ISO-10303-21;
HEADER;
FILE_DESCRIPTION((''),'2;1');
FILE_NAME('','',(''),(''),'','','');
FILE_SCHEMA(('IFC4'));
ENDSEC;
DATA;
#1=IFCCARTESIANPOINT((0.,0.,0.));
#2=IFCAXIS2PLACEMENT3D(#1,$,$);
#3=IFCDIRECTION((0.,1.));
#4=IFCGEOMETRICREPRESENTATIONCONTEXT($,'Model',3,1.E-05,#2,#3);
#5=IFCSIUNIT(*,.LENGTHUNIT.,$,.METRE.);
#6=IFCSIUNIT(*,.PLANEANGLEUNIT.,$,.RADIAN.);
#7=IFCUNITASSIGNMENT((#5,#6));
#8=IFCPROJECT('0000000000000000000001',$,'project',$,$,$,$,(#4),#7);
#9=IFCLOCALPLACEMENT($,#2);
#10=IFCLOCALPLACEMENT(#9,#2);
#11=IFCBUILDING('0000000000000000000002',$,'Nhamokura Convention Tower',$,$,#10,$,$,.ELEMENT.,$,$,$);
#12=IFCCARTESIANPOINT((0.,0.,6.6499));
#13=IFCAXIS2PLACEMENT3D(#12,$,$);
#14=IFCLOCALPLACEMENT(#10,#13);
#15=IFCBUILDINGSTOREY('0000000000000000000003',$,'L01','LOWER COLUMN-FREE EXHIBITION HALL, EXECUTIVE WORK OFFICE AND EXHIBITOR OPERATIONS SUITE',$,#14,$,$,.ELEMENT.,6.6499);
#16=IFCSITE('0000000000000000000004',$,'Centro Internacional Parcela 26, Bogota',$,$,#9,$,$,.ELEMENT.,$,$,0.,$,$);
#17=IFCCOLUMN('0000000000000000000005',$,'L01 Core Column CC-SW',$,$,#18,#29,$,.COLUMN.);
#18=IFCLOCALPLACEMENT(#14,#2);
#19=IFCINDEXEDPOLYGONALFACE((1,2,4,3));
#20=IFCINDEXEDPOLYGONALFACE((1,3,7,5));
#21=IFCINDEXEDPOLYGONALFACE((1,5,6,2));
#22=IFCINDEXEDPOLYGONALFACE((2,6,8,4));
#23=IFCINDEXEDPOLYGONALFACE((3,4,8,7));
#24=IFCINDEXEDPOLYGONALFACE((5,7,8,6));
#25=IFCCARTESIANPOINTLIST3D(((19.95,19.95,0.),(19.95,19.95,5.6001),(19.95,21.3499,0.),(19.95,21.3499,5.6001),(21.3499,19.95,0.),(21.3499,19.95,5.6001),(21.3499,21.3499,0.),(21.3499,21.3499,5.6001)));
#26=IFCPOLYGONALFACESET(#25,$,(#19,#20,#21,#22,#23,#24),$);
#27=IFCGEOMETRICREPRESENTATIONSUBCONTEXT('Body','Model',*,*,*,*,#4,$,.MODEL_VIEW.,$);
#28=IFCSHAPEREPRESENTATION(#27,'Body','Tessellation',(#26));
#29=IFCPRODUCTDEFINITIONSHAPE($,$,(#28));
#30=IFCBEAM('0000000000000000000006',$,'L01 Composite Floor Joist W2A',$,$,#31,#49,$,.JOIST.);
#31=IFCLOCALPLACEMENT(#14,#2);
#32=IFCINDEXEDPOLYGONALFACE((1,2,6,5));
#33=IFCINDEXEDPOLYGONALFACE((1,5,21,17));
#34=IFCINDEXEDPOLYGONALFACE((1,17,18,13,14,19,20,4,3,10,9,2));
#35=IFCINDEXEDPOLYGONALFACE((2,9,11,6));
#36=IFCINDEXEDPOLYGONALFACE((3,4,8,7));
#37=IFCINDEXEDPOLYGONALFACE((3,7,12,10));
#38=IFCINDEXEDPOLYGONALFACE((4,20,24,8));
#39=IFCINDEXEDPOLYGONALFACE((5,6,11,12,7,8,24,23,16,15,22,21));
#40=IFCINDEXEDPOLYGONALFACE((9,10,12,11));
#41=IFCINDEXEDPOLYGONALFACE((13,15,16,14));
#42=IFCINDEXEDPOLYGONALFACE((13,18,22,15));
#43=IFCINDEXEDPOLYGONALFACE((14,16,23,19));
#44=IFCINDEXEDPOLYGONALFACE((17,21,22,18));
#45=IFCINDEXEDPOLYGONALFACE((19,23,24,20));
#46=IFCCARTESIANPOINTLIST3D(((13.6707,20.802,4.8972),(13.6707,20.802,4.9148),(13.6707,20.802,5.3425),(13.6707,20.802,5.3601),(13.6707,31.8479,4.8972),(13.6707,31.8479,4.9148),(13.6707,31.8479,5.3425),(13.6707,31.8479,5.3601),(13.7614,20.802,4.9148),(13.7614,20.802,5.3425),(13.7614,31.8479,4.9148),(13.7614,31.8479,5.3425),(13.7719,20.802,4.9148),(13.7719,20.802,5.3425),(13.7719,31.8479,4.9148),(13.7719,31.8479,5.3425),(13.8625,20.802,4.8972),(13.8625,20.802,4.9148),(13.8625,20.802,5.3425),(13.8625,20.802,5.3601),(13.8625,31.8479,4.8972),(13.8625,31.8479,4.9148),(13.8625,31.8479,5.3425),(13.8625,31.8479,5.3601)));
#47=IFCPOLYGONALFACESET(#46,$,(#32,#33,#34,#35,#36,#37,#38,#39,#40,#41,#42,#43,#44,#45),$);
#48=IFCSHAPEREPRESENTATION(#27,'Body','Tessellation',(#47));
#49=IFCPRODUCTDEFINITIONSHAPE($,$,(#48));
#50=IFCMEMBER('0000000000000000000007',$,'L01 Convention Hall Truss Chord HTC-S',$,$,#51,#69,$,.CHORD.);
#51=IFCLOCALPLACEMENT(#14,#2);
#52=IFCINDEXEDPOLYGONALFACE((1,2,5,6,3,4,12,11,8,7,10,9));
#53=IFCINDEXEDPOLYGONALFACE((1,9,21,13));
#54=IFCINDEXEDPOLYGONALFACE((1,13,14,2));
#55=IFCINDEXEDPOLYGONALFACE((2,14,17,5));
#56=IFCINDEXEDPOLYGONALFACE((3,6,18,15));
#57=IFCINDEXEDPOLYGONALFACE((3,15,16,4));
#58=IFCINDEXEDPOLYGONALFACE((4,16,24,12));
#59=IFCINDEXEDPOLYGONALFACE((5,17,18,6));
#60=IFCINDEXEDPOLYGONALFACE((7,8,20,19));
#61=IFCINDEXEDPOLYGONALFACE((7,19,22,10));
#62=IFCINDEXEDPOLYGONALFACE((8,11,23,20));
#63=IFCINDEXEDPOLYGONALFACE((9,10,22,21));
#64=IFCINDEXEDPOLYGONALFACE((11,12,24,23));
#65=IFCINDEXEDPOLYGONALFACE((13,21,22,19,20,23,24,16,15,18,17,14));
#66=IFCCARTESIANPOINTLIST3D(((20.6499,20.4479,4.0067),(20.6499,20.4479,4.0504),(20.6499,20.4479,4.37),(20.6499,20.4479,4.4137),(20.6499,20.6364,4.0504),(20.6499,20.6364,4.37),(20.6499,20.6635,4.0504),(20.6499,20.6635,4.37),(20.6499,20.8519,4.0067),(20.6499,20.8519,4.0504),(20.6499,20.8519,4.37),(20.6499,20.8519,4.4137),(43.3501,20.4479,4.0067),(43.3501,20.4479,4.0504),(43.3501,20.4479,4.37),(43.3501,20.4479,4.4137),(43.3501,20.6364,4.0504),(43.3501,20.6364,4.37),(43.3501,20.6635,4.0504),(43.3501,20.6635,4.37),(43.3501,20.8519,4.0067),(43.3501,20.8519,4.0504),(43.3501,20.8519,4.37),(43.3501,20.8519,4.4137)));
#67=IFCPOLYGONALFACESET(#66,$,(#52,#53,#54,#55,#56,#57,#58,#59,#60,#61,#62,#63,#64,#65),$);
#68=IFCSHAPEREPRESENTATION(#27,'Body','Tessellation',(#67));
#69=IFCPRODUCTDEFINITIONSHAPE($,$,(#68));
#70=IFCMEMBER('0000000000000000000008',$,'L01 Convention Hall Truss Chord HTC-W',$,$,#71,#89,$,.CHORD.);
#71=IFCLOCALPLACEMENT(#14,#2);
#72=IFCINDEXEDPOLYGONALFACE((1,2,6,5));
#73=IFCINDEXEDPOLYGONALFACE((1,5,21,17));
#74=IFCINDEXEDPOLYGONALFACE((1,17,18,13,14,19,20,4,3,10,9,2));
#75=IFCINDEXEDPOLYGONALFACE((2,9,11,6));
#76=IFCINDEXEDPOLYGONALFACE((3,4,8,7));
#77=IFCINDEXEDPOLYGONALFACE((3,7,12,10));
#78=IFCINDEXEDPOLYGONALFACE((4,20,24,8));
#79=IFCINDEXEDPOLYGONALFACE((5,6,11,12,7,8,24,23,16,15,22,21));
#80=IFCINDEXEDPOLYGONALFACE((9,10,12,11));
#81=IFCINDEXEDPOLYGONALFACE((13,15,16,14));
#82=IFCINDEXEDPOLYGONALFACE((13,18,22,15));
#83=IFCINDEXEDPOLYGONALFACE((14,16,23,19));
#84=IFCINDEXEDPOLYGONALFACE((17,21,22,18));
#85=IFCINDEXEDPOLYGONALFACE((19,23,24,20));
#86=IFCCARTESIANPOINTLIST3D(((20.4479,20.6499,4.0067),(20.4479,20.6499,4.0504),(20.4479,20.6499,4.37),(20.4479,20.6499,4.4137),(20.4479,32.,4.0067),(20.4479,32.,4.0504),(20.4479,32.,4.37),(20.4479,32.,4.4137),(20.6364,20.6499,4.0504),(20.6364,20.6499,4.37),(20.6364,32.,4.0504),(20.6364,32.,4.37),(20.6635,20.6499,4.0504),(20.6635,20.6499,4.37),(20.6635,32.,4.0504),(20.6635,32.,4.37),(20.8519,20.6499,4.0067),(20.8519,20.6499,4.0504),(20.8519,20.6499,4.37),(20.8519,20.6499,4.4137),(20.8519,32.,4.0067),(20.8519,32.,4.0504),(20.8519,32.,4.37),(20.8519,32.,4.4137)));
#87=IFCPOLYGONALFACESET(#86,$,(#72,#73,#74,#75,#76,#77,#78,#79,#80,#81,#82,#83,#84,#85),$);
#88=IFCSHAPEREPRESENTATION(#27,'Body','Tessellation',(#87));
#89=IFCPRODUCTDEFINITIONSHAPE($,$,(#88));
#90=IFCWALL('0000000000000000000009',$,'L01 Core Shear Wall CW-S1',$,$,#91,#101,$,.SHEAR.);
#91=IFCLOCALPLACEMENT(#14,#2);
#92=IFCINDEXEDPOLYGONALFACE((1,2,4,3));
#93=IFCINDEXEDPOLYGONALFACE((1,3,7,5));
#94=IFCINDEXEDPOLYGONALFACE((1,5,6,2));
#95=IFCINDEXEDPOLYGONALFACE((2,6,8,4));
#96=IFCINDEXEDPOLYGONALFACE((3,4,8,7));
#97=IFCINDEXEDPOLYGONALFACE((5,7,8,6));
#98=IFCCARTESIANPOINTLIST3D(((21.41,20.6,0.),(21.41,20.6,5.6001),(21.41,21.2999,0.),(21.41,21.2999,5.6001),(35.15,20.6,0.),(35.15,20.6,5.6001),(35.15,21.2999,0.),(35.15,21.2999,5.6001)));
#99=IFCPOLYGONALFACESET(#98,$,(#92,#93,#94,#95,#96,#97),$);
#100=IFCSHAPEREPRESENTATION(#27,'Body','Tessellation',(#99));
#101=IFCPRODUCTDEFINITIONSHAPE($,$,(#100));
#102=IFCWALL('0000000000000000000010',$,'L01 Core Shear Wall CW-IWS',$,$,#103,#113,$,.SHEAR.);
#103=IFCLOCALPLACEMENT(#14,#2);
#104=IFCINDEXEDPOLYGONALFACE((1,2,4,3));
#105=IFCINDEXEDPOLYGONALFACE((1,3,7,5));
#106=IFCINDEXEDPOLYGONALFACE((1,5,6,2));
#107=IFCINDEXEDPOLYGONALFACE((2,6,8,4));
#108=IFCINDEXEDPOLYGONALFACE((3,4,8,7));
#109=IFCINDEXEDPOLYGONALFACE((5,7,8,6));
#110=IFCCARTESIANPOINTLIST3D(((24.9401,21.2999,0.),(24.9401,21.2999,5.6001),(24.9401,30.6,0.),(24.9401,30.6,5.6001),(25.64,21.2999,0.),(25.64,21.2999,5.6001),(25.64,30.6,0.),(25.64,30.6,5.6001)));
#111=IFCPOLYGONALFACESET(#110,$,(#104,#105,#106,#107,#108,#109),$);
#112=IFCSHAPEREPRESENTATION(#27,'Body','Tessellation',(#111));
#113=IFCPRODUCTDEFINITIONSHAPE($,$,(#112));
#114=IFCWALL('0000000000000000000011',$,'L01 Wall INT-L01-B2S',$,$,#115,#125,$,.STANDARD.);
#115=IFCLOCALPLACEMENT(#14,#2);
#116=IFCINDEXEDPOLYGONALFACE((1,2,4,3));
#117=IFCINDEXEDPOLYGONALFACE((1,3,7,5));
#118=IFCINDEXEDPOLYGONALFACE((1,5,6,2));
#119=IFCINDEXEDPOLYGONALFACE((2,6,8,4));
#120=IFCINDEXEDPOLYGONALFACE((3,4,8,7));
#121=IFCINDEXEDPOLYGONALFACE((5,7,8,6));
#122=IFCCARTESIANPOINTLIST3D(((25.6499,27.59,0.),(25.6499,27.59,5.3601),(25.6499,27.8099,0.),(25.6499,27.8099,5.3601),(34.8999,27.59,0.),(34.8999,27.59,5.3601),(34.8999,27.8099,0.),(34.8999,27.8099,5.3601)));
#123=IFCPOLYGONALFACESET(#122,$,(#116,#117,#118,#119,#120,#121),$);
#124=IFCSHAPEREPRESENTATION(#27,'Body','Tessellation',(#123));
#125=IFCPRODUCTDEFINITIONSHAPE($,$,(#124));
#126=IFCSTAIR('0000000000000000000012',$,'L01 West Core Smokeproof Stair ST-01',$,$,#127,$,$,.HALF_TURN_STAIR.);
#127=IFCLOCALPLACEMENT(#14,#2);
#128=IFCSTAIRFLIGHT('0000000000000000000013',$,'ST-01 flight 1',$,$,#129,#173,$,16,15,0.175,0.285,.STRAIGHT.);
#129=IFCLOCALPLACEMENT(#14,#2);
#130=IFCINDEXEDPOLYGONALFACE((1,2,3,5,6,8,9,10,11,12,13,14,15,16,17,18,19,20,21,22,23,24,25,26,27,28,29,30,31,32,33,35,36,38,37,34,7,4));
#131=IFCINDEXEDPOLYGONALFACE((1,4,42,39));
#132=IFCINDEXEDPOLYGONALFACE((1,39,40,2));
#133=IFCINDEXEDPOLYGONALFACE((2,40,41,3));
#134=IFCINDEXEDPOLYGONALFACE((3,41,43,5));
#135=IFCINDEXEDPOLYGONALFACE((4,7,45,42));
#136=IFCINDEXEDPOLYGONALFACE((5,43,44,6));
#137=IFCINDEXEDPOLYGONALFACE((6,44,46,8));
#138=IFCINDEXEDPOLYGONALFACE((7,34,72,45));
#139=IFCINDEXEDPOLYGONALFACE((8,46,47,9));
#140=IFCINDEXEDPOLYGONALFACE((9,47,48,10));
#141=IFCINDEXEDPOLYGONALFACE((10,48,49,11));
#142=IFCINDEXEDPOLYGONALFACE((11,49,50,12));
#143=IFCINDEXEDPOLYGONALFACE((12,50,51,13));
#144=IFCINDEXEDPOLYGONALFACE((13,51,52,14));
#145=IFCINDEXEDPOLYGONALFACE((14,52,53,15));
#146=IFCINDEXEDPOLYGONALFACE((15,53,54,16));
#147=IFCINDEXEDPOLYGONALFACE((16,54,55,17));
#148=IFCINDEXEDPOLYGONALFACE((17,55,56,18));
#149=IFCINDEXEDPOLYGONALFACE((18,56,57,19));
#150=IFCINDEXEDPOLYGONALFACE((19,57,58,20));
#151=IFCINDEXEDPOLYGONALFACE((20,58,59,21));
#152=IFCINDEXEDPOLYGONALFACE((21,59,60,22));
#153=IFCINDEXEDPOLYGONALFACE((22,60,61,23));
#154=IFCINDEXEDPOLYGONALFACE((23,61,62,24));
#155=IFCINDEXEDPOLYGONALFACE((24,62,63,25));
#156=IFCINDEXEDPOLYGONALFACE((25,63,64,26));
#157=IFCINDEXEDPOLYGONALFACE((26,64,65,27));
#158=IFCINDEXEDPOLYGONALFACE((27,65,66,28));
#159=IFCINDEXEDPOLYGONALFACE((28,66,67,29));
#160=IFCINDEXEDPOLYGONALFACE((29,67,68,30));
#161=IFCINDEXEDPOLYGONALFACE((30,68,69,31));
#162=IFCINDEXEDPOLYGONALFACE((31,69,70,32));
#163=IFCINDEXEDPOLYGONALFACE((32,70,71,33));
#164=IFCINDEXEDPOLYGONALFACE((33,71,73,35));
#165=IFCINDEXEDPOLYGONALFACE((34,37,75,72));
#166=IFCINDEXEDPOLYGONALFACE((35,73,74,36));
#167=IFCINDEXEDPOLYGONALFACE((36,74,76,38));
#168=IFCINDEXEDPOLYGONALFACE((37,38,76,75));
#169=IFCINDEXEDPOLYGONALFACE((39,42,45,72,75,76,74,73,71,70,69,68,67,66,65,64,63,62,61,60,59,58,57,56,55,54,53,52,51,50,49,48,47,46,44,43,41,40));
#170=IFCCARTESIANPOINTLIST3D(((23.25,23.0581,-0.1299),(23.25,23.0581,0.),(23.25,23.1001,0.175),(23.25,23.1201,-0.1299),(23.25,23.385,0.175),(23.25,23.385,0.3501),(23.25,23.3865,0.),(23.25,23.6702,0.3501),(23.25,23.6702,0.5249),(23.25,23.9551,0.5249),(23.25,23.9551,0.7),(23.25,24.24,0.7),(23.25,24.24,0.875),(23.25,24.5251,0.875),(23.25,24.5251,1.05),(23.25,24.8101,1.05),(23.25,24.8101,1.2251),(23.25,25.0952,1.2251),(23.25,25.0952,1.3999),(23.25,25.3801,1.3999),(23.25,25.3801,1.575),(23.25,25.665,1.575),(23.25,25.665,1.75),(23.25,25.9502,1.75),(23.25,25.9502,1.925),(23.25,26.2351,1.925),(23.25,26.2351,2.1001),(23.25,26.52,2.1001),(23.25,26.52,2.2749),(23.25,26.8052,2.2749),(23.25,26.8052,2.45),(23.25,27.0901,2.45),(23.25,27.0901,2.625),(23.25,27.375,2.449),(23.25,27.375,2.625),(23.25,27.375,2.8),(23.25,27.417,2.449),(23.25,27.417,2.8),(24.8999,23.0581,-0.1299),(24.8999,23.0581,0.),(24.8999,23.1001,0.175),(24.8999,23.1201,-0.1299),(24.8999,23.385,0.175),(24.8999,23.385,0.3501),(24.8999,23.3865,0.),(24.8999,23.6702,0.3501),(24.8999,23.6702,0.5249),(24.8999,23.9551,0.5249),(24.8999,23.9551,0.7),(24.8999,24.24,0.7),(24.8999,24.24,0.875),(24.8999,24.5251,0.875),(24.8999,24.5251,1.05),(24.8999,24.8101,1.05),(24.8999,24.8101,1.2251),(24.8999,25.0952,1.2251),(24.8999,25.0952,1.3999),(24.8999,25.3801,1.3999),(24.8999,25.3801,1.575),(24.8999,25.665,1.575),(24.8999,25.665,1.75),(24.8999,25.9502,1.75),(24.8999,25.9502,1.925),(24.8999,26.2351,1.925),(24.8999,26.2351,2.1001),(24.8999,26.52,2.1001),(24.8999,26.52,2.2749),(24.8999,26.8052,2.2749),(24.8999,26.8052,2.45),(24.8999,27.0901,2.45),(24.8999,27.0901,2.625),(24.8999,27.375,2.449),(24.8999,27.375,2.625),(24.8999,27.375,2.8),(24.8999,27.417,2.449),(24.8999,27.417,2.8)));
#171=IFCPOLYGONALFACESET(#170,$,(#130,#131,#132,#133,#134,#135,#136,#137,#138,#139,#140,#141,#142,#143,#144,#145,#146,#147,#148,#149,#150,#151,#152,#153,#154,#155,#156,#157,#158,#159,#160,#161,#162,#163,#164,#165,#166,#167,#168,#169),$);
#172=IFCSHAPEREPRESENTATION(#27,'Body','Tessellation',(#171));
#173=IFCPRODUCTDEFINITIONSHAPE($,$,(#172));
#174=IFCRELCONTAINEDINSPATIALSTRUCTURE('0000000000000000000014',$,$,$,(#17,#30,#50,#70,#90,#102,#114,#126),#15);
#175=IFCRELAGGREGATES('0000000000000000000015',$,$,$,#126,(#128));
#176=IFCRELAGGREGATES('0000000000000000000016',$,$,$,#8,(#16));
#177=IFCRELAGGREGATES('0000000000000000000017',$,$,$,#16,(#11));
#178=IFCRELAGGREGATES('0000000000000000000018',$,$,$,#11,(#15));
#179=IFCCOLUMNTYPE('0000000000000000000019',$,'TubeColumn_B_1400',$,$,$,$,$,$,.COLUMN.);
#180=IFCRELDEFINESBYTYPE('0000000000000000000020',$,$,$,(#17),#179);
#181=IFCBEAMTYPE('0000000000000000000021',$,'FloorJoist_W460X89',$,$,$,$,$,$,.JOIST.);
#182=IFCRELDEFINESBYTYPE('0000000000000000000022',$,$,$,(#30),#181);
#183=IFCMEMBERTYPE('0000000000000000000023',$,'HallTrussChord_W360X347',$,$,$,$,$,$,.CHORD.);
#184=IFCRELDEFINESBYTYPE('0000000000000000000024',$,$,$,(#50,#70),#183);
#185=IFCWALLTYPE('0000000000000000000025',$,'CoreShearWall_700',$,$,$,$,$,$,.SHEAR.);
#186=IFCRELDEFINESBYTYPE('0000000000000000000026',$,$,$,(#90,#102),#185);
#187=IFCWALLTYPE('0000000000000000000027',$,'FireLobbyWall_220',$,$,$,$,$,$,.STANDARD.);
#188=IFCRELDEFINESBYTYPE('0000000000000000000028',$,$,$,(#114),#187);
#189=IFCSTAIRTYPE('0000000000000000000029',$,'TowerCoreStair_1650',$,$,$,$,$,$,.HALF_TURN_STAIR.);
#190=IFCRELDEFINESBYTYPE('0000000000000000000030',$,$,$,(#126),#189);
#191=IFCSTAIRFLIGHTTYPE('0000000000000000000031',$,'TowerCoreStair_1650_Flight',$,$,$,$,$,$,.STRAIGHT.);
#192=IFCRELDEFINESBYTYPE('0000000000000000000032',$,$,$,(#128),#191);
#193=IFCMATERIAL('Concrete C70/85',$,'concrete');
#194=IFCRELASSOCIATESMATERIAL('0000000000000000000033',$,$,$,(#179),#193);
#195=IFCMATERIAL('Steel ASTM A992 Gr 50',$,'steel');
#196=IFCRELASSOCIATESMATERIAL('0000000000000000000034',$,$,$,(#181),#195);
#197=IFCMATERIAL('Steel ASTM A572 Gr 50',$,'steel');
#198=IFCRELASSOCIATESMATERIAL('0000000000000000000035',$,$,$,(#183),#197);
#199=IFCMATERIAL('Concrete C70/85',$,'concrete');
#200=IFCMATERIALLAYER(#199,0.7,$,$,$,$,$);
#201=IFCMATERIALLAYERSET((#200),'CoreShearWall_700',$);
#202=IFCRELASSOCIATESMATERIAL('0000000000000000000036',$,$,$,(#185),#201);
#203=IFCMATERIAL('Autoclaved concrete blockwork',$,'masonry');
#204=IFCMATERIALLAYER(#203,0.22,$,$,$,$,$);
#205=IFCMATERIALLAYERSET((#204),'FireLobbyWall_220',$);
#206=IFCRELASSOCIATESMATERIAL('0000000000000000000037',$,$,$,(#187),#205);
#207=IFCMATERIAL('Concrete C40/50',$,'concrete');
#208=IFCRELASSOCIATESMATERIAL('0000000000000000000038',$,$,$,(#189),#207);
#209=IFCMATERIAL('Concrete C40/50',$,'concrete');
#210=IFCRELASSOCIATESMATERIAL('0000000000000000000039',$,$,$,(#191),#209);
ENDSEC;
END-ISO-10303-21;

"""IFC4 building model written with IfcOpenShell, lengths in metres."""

from ifc_helpers import new_model, si_unit, direction, frame, frame_2d, origin, origin_2d, place, context, subcontext, project, spatial, polyline, rectangle, i_section, outline, extrude, material, layer, layer_set, material_profile, profile_set, type_object, element, aggregate, save


model = new_model("IFC4")

# Units and contexts
model_context = context("Model", 3, precision=1e-05, world=origin(), true_north=direction((0.0, 1.0)))
body_context = subcontext(model_context, "Body", "Model", "MODEL_VIEW")
ifc_project = project(units=[si_unit("LENGTHUNIT", "METRE"), si_unit("PLANEANGLEUNIT", "RADIAN")], contexts=[model_context])

# Site, building, storey
site_placement = place(None, origin())
site = spatial("IfcSite", under=ifc_project, at=site_placement, Name="Centro Internacional Parcela 26, Bogota", CompositionType="ELEMENT", RefElevation=0.0)
building_placement = place(site_placement, origin())
building = spatial("IfcBuilding", under=site, at=building_placement, Name="Nhamokura Convention Tower", CompositionType="ELEMENT")
storey_placement = place(building_placement, frame((0.0, 0.0, 6.6499)))
storey = spatial("IfcBuildingStorey", under=building, at=storey_placement, Name="L01", Description="LOWER COLUMN-FREE EXHIBITION HALL, EXECUTIVE WORK OFFICE AND EXHIBITOR OPERATIONS SUITE", CompositionType="ELEMENT", Elevation=6.6499)

# Column
ifc_material_1 = material(Name="Concrete C70/85", Category="concrete")
ifc_material_profile_1 = material_profile(ifc_material_1, rectangle(XDim=1.3999, YDim=1.3999, at=origin_2d()))
ifc_profile_set_1 = profile_set([ifc_material_profile_1], Name="Concrete C70/85")
column_type = type_object("IfcColumnType", Name="TubeColumn_B_1400", PredefinedType="COLUMN", material=ifc_profile_set_1)
column_placement = place(storey_placement, frame((20.6499, 20.6499, 0.0), z_axis=(0.0, 0.0, 1.0), x_axis=(1.0, 0.0, 0.0)))
element("IfcColumn", 1, at=column_placement, inside=storey, type_object=column_type, Name="L01 Core Column CC-SW", PredefinedType="COLUMN", context=body_context, shape_type="SweptSolid", body=[
    extrude(rectangle(XDim=1.3999, YDim=1.3999, at=origin_2d()), origin(), (0.0, 0.0, 1.0), 5.6001),
])

# Beam
ifc_material_2 = material(Name="Steel ASTM A992 Gr 50", Category="steel")
ifc_material_profile_2 = material_profile(ifc_material_2, i_section(OverallWidth=0.1919, OverallDepth=0.4629, WebThickness=0.0105, FlangeThickness=0.0176, at=origin_2d()))
ifc_profile_set_2 = profile_set([ifc_material_profile_2], Name="Steel ASTM A992 Gr 50")
beam_type = type_object("IfcBeamType", Name="FloorJoist_W460X89", PredefinedType="JOIST", material=ifc_profile_set_2)
beam_placement = place(storey_placement, frame((13.7666, 20.802, 5.1287), z_axis=(0.0, 1.0, 0.0), x_axis=(-1.0, 0.0, 0.0)))
element("IfcBeam", 2, at=beam_placement, inside=storey, type_object=beam_type, Name="L01 Composite Floor Joist W2A", PredefinedType="JOIST", context=body_context, shape_type="SweptSolid", body=[
    extrude(i_section(OverallWidth=0.1919, OverallDepth=0.4629, WebThickness=0.0105, FlangeThickness=0.0176, at=origin_2d()), origin(), (0.0, 0.0, 1.0), 11.0459),
])

# Members
ifc_material_3 = material(Name="Steel ASTM A572 Gr 50", Category="steel")
ifc_material_profile_3 = material_profile(ifc_material_3, i_section(OverallWidth=0.4041, OverallDepth=0.407, WebThickness=0.0271, FlangeThickness=0.0437, at=origin_2d()))
ifc_profile_set_3 = profile_set([ifc_material_profile_3], Name="Steel ASTM A572 Gr 50")
member_type = type_object("IfcMemberType", Name="HallTrussChord_W360X347", PredefinedType="CHORD", material=ifc_profile_set_3)
member_1_placement = place(storey_placement, frame((20.6499, 20.6499, 4.2102), z_axis=(1.0, 0.0, 0.0), x_axis=(0.0, 1.0, 0.0)))
element("IfcMember", 3, at=member_1_placement, inside=storey, type_object=member_type, Name="L01 Convention Hall Truss Chord HTC-S", PredefinedType="CHORD", context=body_context, shape_type="SweptSolid", body=[
    extrude(i_section(OverallWidth=0.4041, OverallDepth=0.407, WebThickness=0.0271, FlangeThickness=0.0437, at=origin_2d()), origin(), (0.0, 0.0, 1.0), 22.7002),
])
member_2_placement = place(storey_placement, frame((20.6499, 20.6499, 4.2102), z_axis=(0.0, 1.0, 0.0), x_axis=(-1.0, 0.0, 0.0)))
element("IfcMember", 4, at=member_2_placement, inside=storey, type_object=member_type, Name="L01 Convention Hall Truss Chord HTC-W", PredefinedType="CHORD", context=body_context, shape_type="SweptSolid", body=[
    extrude(i_section(OverallWidth=0.4041, OverallDepth=0.407, WebThickness=0.0271, FlangeThickness=0.0437, at=origin_2d()), origin(), (0.0, 0.0, 1.0), 11.3501),
])

# Shared definitions
ifc_material_4 = material(Name="Concrete C70/85", Category="concrete")
ifc_layer_1 = layer(ifc_material_4, 0.7)
ifc_layer_set_1 = layer_set([ifc_layer_1], Name="CoreShearWall_700")
wall_type_1 = type_object("IfcWallType", Name="CoreShearWall_700", PredefinedType="SHEAR", material=ifc_layer_set_1)

# Walls
wall_1_placement = place(storey_placement, frame((21.4099, 20.95, 0.0), z_axis=(0.0, 0.0, 1.0), x_axis=(1.0, 0.0, 0.0)))
element("IfcWall", 5, at=wall_1_placement, inside=storey, type_object=wall_type_1, Name="L01 Core Shear Wall CW-S1", PredefinedType="SHEAR", context=body_context, shape_type="SweptSolid", body=[
    extrude(rectangle(XDim=13.74, YDim=0.7, at=frame_2d((6.8701, 0.0))), origin(), (0.0, 0.0, 1.0), 5.6001),
])
wall_2_placement = place(storey_placement, frame((25.29, 21.3, 0.0), z_axis=(0.0, 0.0, 1.0), x_axis=(0.0, 1.0, 0.0)))
element("IfcWall", 6, at=wall_2_placement, inside=storey, type_object=wall_type_1, Name="L01 Core Shear Wall CW-IWS", PredefinedType="SHEAR", context=body_context, shape_type="SweptSolid", body=[
    extrude(rectangle(XDim=9.3, YDim=0.7, at=frame_2d((4.6499, 0.0))), origin(), (0.0, 0.0, 1.0), 5.6001),
])

# Shared definitions
ifc_material_5 = material(Name="Autoclaved concrete blockwork", Category="masonry")
ifc_layer_2 = layer(ifc_material_5, 0.22)
ifc_layer_set_2 = layer_set([ifc_layer_2], Name="FireLobbyWall_220")
wall_type_2 = type_object("IfcWallType", Name="FireLobbyWall_220", PredefinedType="STANDARD", material=ifc_layer_set_2)

# Wall
wall_3_placement = place(storey_placement, frame((25.6499, 27.7, 0.0), z_axis=(0.0, 0.0, 1.0), x_axis=(1.0, 0.0, 0.0)))
element("IfcWall", 7, at=wall_3_placement, inside=storey, type_object=wall_type_2, Name="L01 Wall INT-L01-B2S", PredefinedType="STANDARD", context=body_context, shape_type="SweptSolid", body=[
    extrude(rectangle(XDim=9.25, YDim=0.22, at=frame_2d((4.625, 0.0))), origin(), (0.0, 0.0, 1.0), 5.3601),
])

# Stair, stair flight
ifc_material_6 = material(Name="Concrete C40/50", Category="concrete")
stair_type = type_object("IfcStairType", Name="TowerCoreStair_1650", PredefinedType="HALF_TURN_STAIR", material=ifc_material_6)
stair_placement = place(storey_placement, origin())
stair = element("IfcStair", 8, at=stair_placement, inside=storey, type_object=stair_type, Name="L01 West Core Smokeproof Stair ST-01", PredefinedType="HALF_TURN_STAIR")
ifc_material_7 = material(Name="Concrete C40/50", Category="concrete")
stair_flight_type = type_object("IfcStairFlightType", Name="TowerCoreStair_1650_Flight", PredefinedType="STRAIGHT", material=ifc_material_7)
stair_flight_1_placement = place(storey_placement, frame((24.075, 23.1001, 0.0), z_axis=(0.0, 0.0, 1.0), x_axis=(0.0, 1.0, 0.0)))
stair_flight_1 = element("IfcStairFlight", 9, at=stair_flight_1_placement, type_object=stair_flight_type, Name="ST-01 flight 1", NumberOfRisers=16, NumberOfTreads=15, PredefinedType="STRAIGHT", RiserHeight=0.175, TreadLength=0.285, context=body_context, shape_type="SweptSolid", body=[
    extrude(outline(polyline([(-0.042, 0.0), (0.0, 0.175), (0.2849, 0.175), (0.2849, 0.3501), (0.5701, 0.3501), (0.5701, 0.5249), (0.855, 0.5249), (0.855, 0.7), (1.1399, 0.7), (1.1399, 0.875), (1.425, 0.875), (1.425, 1.05), (1.71, 1.05), (1.71, 1.2251), (1.9951, 1.2251), (1.9951, 1.3999), (2.28, 1.3999), (2.28, 1.575), (2.5649, 1.575), (2.5649, 1.75), (2.8501, 1.75), (2.8501, 1.925), (3.135, 1.925), (3.135, 2.1001), (3.4199, 2.1001), (3.4199, 2.2749), (3.7051, 2.2749), (3.7051, 2.45), (3.99, 2.45), (3.99, 2.625), (4.2749, 2.625), (4.2749, 2.8), (4.3169, 2.8), (4.3169, 2.449), (4.2749, 2.449), (0.2864, 0.0), (0.02, -0.1299), (-0.042, -0.1299), (-0.042, 0.0)])), frame((0.0, 0.825, 0.0), z_axis=(0.0, -1.0, 0.0), x_axis=(1.0, 0.0, 0.0)), (0.0, 0.0, 1.0), 1.6499),
])
aggregate(stair, [stair_flight_1])

save(model, "model.ifc")
